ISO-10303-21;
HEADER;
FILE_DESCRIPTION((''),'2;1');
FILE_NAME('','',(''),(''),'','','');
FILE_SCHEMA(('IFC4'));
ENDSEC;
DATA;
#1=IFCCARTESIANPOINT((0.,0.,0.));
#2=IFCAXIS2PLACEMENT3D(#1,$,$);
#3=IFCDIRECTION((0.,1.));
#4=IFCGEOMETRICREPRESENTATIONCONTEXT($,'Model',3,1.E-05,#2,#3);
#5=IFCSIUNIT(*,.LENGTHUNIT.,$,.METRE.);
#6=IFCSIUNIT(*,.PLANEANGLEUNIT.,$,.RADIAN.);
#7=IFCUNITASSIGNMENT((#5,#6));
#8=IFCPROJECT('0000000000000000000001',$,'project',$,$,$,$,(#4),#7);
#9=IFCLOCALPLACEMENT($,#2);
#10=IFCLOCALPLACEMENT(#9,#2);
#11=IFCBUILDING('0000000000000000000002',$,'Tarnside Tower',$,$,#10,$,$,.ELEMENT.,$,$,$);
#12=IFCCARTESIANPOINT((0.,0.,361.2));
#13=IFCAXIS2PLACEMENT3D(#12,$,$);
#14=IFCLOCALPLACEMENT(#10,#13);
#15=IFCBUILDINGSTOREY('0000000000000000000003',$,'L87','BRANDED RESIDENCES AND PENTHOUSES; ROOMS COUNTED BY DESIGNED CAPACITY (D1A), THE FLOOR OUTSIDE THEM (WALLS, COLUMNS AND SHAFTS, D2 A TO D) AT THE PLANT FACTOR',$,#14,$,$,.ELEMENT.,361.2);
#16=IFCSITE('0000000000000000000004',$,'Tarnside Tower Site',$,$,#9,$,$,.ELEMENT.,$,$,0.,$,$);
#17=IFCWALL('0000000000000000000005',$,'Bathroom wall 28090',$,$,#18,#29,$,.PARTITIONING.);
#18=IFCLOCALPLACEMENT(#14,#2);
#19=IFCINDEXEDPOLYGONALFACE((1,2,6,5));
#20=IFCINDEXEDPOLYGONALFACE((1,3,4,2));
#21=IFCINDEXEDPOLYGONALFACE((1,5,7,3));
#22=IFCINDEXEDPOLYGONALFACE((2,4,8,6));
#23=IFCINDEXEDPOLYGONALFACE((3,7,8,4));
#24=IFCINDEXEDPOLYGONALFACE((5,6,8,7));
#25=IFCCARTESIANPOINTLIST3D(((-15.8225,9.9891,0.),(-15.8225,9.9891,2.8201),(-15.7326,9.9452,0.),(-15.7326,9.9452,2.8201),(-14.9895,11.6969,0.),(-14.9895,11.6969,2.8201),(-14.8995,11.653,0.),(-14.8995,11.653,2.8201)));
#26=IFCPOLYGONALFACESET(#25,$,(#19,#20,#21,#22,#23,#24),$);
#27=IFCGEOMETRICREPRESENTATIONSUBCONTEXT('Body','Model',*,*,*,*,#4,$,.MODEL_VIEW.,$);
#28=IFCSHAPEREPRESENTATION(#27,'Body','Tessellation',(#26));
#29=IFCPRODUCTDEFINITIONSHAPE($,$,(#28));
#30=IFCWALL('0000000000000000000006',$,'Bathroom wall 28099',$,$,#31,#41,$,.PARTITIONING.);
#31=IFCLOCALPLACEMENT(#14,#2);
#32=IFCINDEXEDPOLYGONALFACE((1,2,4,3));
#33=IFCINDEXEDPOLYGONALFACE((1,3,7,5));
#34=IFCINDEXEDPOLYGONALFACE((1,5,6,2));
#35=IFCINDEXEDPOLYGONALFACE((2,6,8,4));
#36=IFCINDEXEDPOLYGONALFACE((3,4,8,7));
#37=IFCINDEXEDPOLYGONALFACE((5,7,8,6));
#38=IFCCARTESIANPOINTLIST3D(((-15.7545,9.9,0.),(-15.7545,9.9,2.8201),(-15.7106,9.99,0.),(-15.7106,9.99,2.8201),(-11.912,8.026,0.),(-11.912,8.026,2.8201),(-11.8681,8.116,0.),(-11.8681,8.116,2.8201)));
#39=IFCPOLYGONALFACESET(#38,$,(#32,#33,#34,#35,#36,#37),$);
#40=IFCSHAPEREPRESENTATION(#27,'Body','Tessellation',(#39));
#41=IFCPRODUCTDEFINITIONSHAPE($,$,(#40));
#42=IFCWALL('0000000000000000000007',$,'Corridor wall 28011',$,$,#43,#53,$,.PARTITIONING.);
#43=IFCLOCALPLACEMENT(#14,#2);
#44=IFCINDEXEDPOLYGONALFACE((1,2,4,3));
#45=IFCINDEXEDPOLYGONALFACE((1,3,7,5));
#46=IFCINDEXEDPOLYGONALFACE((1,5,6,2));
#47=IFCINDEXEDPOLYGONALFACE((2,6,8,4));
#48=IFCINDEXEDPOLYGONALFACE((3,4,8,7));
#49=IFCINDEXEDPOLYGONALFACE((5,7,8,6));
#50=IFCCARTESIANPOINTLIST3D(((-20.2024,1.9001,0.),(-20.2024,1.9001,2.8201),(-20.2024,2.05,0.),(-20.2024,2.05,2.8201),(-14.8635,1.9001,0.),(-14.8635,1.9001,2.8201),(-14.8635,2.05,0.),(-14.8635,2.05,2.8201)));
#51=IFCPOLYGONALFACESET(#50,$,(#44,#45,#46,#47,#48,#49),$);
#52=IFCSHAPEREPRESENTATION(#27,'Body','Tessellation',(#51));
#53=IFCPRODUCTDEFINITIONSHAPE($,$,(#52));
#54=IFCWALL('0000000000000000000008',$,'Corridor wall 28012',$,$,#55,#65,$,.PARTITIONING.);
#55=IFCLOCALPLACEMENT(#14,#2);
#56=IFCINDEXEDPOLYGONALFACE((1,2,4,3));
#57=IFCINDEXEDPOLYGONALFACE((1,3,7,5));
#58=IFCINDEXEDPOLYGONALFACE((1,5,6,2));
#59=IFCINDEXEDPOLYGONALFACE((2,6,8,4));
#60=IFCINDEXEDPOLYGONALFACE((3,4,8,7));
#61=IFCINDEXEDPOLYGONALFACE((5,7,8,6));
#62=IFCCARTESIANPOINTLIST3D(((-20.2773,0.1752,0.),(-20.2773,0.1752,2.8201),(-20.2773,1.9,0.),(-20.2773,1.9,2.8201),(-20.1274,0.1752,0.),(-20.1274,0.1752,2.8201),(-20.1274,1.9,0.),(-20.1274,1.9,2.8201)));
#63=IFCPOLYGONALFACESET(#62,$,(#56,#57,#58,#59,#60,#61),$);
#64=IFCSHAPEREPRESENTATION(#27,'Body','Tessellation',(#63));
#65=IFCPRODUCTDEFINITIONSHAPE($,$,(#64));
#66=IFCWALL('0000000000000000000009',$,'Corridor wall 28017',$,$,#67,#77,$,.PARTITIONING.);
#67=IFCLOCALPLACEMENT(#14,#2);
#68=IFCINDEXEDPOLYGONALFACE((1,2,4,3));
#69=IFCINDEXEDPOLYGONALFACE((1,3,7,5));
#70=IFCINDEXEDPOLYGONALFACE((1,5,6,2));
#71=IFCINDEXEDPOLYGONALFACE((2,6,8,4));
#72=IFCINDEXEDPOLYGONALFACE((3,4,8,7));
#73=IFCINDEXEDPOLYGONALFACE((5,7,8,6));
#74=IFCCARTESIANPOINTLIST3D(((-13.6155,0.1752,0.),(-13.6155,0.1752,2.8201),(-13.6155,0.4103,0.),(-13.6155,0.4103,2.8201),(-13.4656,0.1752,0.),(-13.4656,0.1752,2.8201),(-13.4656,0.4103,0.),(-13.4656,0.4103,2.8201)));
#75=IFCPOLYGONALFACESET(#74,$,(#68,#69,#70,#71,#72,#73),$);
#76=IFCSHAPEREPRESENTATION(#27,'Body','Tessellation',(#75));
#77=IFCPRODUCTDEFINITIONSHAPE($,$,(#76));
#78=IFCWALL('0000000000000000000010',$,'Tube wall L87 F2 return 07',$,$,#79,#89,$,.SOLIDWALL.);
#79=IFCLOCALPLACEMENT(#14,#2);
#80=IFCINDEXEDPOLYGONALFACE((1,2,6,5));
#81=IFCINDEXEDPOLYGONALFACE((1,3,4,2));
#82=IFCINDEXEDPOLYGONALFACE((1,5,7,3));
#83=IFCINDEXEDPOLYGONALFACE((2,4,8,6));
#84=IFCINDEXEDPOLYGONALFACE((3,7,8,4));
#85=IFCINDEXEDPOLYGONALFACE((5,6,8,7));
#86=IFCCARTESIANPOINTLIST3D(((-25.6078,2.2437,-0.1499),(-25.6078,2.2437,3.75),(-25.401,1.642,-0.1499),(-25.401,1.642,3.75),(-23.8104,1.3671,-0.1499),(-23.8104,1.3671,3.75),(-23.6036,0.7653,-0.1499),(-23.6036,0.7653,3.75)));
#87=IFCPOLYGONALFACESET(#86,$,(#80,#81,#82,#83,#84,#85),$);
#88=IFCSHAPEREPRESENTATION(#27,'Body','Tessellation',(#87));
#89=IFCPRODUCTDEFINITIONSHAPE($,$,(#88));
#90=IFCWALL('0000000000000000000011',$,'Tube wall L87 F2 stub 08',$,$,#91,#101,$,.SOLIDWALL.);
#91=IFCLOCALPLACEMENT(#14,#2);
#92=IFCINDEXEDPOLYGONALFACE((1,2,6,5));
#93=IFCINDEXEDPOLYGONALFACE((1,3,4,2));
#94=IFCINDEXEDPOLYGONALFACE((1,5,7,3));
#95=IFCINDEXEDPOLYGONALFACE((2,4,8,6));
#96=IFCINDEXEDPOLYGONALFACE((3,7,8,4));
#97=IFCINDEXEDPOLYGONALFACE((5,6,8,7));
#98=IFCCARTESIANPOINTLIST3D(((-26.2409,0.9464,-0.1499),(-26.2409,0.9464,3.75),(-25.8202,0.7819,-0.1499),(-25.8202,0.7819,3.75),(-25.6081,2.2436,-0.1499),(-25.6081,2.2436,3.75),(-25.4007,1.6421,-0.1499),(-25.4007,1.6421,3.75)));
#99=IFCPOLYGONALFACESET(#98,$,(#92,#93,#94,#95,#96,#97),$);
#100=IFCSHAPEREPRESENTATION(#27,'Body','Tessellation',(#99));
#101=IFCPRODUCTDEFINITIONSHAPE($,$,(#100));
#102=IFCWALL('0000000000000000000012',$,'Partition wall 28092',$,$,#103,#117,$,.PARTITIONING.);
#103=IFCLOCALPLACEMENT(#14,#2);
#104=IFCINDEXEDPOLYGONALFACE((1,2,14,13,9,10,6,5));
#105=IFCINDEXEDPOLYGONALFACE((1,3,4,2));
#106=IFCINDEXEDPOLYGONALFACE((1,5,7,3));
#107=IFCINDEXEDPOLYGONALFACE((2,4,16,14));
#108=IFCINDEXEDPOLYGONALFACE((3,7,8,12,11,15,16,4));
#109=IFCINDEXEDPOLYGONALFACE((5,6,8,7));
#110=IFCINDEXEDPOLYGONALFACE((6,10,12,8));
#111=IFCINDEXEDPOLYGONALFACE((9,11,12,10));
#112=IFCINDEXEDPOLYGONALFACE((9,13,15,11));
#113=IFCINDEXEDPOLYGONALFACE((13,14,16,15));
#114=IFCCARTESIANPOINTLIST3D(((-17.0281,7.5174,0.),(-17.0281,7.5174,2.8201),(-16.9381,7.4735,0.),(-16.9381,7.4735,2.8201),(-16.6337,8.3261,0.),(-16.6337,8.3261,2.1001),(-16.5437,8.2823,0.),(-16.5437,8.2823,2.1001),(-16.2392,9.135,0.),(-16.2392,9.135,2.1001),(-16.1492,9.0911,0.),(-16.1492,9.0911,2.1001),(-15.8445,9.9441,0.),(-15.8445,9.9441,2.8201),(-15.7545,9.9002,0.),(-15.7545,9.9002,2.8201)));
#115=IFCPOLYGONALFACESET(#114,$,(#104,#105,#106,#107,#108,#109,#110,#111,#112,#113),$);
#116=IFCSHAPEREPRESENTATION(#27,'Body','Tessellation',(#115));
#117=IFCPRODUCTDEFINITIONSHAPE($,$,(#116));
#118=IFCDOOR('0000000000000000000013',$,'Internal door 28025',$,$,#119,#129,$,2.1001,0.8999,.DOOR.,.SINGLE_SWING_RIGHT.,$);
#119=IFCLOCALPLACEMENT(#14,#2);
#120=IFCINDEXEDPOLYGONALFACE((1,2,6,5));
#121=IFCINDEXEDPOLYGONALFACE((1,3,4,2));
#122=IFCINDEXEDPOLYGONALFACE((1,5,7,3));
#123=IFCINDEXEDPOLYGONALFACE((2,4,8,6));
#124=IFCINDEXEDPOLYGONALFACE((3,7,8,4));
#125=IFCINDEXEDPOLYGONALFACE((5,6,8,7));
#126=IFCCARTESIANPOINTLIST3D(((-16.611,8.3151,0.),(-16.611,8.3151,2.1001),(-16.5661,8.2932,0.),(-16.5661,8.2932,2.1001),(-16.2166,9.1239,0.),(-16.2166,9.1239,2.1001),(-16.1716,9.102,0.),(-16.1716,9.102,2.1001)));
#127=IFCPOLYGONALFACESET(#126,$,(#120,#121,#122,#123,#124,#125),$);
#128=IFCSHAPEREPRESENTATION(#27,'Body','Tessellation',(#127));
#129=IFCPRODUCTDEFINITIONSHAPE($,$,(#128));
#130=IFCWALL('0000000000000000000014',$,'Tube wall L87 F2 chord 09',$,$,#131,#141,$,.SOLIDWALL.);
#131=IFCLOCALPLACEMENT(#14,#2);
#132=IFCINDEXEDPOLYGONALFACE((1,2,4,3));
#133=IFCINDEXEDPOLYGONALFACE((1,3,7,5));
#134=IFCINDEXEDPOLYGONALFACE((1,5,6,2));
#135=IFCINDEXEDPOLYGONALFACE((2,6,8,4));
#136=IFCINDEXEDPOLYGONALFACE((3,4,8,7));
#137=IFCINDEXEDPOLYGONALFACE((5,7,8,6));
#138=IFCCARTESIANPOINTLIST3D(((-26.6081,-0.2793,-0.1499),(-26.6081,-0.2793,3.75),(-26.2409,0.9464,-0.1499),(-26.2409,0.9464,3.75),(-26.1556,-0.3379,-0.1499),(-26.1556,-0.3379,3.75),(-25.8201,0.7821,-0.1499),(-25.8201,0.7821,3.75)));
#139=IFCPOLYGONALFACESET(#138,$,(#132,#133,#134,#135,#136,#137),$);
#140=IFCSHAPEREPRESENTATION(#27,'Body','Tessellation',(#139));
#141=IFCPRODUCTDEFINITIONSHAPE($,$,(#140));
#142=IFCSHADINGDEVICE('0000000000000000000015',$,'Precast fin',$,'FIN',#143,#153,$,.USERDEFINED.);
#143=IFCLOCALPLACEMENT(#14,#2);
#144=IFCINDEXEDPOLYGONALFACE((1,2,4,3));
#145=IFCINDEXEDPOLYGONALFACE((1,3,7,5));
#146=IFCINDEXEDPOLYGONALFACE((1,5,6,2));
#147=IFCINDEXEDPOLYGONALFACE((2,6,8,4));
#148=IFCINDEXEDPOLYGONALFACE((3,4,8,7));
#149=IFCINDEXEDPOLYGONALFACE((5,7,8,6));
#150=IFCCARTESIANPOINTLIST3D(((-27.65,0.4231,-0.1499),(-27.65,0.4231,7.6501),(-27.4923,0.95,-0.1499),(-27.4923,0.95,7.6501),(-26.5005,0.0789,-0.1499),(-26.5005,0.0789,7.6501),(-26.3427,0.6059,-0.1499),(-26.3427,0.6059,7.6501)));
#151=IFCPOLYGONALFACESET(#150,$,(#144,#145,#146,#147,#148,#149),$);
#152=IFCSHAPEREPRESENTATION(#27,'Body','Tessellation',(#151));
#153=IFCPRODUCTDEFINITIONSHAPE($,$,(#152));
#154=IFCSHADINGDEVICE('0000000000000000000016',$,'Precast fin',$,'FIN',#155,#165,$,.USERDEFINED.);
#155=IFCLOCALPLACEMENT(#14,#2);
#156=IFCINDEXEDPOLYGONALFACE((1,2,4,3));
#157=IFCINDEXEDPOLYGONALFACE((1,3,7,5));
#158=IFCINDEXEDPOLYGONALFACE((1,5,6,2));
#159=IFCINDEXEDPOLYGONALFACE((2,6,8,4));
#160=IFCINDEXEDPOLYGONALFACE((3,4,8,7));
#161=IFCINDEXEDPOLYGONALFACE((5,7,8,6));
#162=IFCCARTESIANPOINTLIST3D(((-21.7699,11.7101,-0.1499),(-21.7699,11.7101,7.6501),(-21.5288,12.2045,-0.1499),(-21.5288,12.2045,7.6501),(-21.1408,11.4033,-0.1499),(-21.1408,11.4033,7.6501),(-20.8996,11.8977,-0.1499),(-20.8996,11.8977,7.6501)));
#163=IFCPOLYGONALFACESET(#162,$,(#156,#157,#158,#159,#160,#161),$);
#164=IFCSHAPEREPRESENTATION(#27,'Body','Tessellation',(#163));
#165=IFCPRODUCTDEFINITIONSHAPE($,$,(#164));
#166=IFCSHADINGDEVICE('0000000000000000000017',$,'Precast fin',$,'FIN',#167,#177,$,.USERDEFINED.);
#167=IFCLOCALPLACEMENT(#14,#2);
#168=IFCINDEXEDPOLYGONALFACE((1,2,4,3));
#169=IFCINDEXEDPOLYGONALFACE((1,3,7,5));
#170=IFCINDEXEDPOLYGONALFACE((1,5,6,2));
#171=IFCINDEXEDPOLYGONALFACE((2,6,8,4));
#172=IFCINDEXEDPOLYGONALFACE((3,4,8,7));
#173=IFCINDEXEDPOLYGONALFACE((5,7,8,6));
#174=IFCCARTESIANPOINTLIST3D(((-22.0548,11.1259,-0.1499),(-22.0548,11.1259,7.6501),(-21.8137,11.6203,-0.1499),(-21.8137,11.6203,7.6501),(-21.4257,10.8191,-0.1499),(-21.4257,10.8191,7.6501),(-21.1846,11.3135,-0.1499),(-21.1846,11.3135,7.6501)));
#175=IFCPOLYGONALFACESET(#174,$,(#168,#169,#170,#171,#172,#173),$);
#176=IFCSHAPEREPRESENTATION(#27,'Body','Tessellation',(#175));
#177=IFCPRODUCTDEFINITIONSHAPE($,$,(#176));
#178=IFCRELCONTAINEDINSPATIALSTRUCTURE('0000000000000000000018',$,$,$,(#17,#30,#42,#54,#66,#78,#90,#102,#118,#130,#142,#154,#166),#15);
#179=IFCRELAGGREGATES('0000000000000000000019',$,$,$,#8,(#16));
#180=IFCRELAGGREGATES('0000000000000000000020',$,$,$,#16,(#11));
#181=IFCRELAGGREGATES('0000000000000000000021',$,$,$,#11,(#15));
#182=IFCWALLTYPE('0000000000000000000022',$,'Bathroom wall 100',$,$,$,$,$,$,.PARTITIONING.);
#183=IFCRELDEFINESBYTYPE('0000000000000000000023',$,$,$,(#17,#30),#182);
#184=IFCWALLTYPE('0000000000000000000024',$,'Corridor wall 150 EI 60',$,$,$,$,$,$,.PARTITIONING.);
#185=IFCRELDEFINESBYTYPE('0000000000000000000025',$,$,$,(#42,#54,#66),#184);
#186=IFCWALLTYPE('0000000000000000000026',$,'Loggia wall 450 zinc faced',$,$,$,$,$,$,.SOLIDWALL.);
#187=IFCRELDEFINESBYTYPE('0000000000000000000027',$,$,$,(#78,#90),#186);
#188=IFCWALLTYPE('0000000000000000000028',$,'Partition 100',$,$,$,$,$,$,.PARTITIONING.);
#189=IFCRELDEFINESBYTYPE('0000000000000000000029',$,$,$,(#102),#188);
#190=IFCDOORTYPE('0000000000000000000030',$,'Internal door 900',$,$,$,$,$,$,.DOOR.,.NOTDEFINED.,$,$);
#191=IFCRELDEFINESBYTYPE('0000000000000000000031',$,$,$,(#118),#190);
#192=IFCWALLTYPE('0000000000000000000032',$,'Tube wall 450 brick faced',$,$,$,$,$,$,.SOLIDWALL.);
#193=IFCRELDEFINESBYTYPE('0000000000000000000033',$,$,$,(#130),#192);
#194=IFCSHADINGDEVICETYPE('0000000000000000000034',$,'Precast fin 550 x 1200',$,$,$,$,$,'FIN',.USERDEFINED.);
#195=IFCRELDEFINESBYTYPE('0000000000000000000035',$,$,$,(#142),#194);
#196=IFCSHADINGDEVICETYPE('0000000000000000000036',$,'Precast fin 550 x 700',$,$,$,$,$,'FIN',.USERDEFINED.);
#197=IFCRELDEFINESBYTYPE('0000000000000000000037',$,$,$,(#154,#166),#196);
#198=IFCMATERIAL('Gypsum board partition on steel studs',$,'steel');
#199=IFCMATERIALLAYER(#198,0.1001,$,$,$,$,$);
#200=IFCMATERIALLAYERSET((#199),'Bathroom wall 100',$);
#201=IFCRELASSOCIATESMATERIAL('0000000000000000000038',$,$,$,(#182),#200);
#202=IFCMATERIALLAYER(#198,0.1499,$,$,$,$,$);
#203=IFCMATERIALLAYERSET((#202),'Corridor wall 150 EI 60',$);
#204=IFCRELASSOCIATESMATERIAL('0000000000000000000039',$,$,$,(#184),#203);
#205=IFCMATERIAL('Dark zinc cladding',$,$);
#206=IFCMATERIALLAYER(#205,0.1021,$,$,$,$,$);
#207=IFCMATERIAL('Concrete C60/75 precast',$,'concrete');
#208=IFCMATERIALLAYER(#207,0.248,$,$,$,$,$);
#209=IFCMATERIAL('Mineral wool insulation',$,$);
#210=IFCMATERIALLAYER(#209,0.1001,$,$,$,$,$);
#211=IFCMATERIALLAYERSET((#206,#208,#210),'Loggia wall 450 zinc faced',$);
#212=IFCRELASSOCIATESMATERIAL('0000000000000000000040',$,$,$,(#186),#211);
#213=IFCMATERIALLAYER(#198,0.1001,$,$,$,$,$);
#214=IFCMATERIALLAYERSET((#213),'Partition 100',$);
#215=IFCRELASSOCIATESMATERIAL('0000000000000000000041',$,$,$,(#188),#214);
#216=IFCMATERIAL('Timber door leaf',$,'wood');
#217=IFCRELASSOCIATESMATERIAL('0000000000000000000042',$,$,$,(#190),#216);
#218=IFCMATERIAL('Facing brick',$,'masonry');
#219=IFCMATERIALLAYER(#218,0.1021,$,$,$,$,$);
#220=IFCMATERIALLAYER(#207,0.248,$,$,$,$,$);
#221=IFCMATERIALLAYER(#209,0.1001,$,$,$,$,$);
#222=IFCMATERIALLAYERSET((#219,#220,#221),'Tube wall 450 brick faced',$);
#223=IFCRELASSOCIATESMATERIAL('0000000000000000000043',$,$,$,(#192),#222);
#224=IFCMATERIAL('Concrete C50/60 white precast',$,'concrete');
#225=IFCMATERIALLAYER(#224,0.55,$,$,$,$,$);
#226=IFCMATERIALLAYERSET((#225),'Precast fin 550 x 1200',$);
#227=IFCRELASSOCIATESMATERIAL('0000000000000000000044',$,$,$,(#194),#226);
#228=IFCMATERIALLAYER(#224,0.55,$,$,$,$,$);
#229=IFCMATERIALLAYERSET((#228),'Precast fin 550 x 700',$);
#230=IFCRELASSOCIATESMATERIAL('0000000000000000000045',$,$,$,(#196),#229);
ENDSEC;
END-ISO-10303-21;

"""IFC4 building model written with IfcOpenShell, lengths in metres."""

from ifc_helpers import new_model, si_unit, direction, frame, frame_2d, origin, place, context, subcontext, project, spatial, polyline, rectangle, outline, extrude, material, layer, layer_set, type_object, element, fill, save


model = new_model("IFC4")

# Units and contexts
model_context = context("Model", 3, precision=1e-05, world=origin(), true_north=direction((0.0, 1.0)))
body_context = subcontext(model_context, "Body", "Model", "MODEL_VIEW")
ifc_project = project(units=[si_unit("LENGTHUNIT", "METRE"), si_unit("PLANEANGLEUNIT", "RADIAN")], contexts=[model_context])

# Site, building, storey
site_placement = place(None, origin())
site = spatial("IfcSite", under=ifc_project, at=site_placement, Name="Tarnside Tower Site", CompositionType="ELEMENT", RefElevation=0.0)
building_placement = place(site_placement, origin())
building = spatial("IfcBuilding", under=site, at=building_placement, Name="Tarnside Tower", CompositionType="ELEMENT")
storey_placement = place(building_placement, frame((0.0, 0.0, 361.2)))
storey = spatial("IfcBuildingStorey", under=building, at=storey_placement, Name="L87", Description="BRANDED RESIDENCES AND PENTHOUSES; ROOMS COUNTED BY DESIGNED CAPACITY (D1A), THE FLOOR OUTSIDE THEM (WALLS, COLUMNS AND SHAFTS, D2 A TO D) AT THE PLANT FACTOR", CompositionType="ELEMENT", Elevation=361.2)

# Walls
ifc_material_1 = material(Name="Gypsum board partition on steel studs", Category="steel")
ifc_layer_1 = layer(ifc_material_1, 0.1001)
ifc_layer_set_1 = layer_set([ifc_layer_1], Name="Bathroom wall 100")
wall_type_1 = type_object("IfcWallType", Name="Bathroom wall 100", PredefinedType="PARTITIONING", material=ifc_layer_set_1)
wall_1_placement = place(storey_placement, frame((-15.7776, 9.967, 0.0), z_axis=(0.0, 0.0, 1.0), x_axis=(0.438403, 0.898778, 0.0)))
element("IfcWall", 1, at=wall_1_placement, inside=storey, type_object=wall_type_1, Name="Bathroom wall 28090", PredefinedType="PARTITIONING", context=body_context, shape_type="SweptSolid", body=[
    extrude(rectangle(XDim=1.9001, YDim=0.1001, at=frame_2d((0.9502, 0.0))), origin(), (0.0, 0.0, 1.0), 2.8201),
])
wall_2_placement = place(storey_placement, frame((-15.7327, 9.9451, 0.0), z_axis=(0.0, 0.0, 1.0), x_axis=(0.898804, -0.438352, 0.0)))
element("IfcWall", 2, at=wall_2_placement, inside=storey, type_object=wall_type_1, Name="Bathroom wall 28099", PredefinedType="PARTITIONING", context=body_context, shape_type="SweptSolid", body=[
    extrude(rectangle(XDim=4.2751, YDim=0.1001, at=frame_2d((2.1377, 0.0))), origin(), (0.0, 0.0, 1.0), 2.8201),
])
ifc_layer_2 = layer(ifc_material_1, 0.1499)
ifc_layer_set_2 = layer_set([ifc_layer_2], Name="Corridor wall 150 EI 60")
wall_type_2 = type_object("IfcWallType", Name="Corridor wall 150 EI 60", PredefinedType="PARTITIONING", material=ifc_layer_set_2)
wall_3_placement = place(storey_placement, frame((-14.8635, 1.9751, 0.0), z_axis=(0.0, 0.0, 1.0), x_axis=(-1.0, 0.0, 0.0)))
element("IfcWall", 3, at=wall_3_placement, inside=storey, type_object=wall_type_2, Name="Corridor wall 28011", PredefinedType="PARTITIONING", context=body_context, shape_type="SweptSolid", body=[
    extrude(rectangle(XDim=5.3389, YDim=0.1499, at=frame_2d((2.6694, 0.0))), origin(), (0.0, 0.0, 1.0), 2.8201),
])
wall_4_placement = place(storey_placement, frame((-20.2024, 1.8999, 0.0), z_axis=(0.0, 0.0, 1.0), x_axis=(0.0, -1.0, 0.0)))
element("IfcWall", 4, at=wall_4_placement, inside=storey, type_object=wall_type_2, Name="Corridor wall 28012", PredefinedType="PARTITIONING", context=body_context, shape_type="SweptSolid", body=[
    extrude(rectangle(XDim=1.7249, YDim=0.1499, at=frame_2d((0.8623, 0.0))), origin(), (0.0, 0.0, 1.0), 2.8201),
])
wall_5_placement = place(storey_placement, frame((-13.5405, 0.175, 0.0), z_axis=(0.0, 0.0, 1.0), x_axis=(0.0, 1.0, 0.0)))
element("IfcWall", 5, at=wall_5_placement, inside=storey, type_object=wall_type_2, Name="Corridor wall 28017", PredefinedType="PARTITIONING", context=body_context, shape_type="SweptSolid", body=[
    extrude(rectangle(XDim=0.2351, YDim=0.1499, at=frame_2d((0.1177, 0.0))), origin(), (0.0, 0.0, 1.0), 2.8201),
])
ifc_material_2 = material(Name="Dark zinc cladding")
ifc_layer_3 = layer(ifc_material_2, 0.1021)
ifc_material_3 = material(Name="Concrete C60/75 precast", Category="concrete")
ifc_layer_4 = layer(ifc_material_3, 0.248)
ifc_material_4 = material(Name="Mineral wool insulation")
ifc_layer_5 = layer(ifc_material_4, 0.1001)
ifc_layer_set_3 = layer_set([ifc_layer_3, ifc_layer_4, ifc_layer_5], Name="Loggia wall 450 zinc faced")
wall_type_3 = type_object("IfcWallType", Name="Loggia wall 450 zinc faced", PredefinedType="SOLIDWALL", material=ifc_layer_set_3)
wall_6_placement = place(storey_placement, frame((-23.707, 1.0662, -0.1499), z_axis=(0.0, 0.0, 1.0), x_axis=(-0.898779, 0.438402, 0.0)))
element("IfcWall", 6, at=wall_6_placement, inside=storey, type_object=wall_type_3, Name="Tube wall L87 F2 return 07", PredefinedType="SOLIDWALL", context=body_context, shape_type="SweptSolid", body=[
    extrude(outline(polyline([(0.2249, -0.2251), (2.2246, -0.2251), (1.7749, 0.2251), (-0.2249, 0.2251), (0.2249, -0.2251)])), origin(), (0.0, 0.0, 1.0), 3.8999),
])
wall_7_placement = place(storey_placement, frame((-25.5044, 1.9429, -0.1499), z_axis=(0.0, 0.0, 1.0), x_axis=(-0.438404, -0.898778, 0.0)))
element("IfcWall", 7, at=wall_7_placement, inside=storey, type_object=wall_type_3, Name="Tube wall L87 F2 stub 08", PredefinedType="SOLIDWALL", context=body_context, shape_type="SweptSolid", body=[
    extrude(outline(polyline([(-0.2249, -0.2251), (1.2185, -0.2251), (1.1819, 0.2251), (0.2249, 0.2251), (-0.2249, -0.2251)])), origin(), (0.0, 0.0, 1.0), 3.8999),
])

# Wall, opening, door
ifc_layer_6 = layer(ifc_material_1, 0.1001)
ifc_layer_set_4 = layer_set([ifc_layer_6], Name="Partition 100")
wall_type_4 = type_object("IfcWallType", Name="Partition 100", PredefinedType="PARTITIONING", material=ifc_layer_set_4)
wall_8_placement = place(storey_placement, frame((-16.9832, 7.4954, 0.0), z_axis=(0.0, 0.0, 1.0), x_axis=(0.438367, 0.898796, 0.0)))
wall_8 = element("IfcWall", 8, at=wall_8_placement, inside=storey, type_object=wall_type_4, Name="Partition wall 28092", PredefinedType="PARTITIONING", context=body_context, shape_type="SweptSolid", body=[
    extrude(rectangle(XDim=2.7, YDim=0.1001, at=frame_2d((1.3501, 0.0))), origin(), (0.0, 0.0, 1.0), 2.8201),
])
opening_placement = place(wall_8_placement, frame((0.8999, 0.0, 0.0)))
opening = element("IfcOpeningElement", 9, at=opening_placement, cuts=wall_8, PredefinedType="OPENING", context=body_context, shape_type="SweptSolid", body=[
    extrude(rectangle(XDim=0.8999, YDim=2.1001, at=frame_2d((0.45, 1.05))), frame((0.0, 0.0601, 0.0), z_axis=(0.0, -1.0, 0.0), x_axis=(1.0, 0.0, 0.0)), (0.0, 0.0, 1.0), 0.1201),
])
ifc_material_5 = material(Name="Timber door leaf", Category="wood")
door_type = type_object("IfcDoorType", Name="Internal door 900", OperationType="NOTDEFINED", PredefinedType="DOOR", material=ifc_material_5)
door_placement = place(opening_placement, origin())
door = element("IfcDoor", 10, at=door_placement, inside=storey, type_object=door_type, Name="Internal door 28025", OperationType="SINGLE_SWING_RIGHT", OverallHeight=2.1001, OverallWidth=0.8999, PredefinedType="DOOR", context=body_context, shape_type="SweptSolid", body=[
    extrude(rectangle(XDim=0.8999, YDim=2.1001, at=frame_2d((0.45, 1.05))), frame((0.0, 0.0249, 0.0), z_axis=(0.0, -1.0, 0.0), x_axis=(1.0, 0.0, 0.0)), (0.0, 0.0, 1.0), 0.05),
])
fill(opening, door)

# Wall
ifc_material_6 = material(Name="Facing brick", Category="masonry")
ifc_layer_7 = layer(ifc_material_6, 0.1021)
ifc_layer_8 = layer(ifc_material_3, 0.248)
ifc_layer_9 = layer(ifc_material_4, 0.1001)
ifc_layer_set_5 = layer_set([ifc_layer_7, ifc_layer_8, ifc_layer_9], Name="Tube wall 450 brick faced")
wall_type_5 = type_object("IfcWallType", Name="Tube wall 450 brick faced", PredefinedType="SOLIDWALL", material=ifc_layer_set_5)
wall_9_placement = place(storey_placement, frame((-26.0305, 0.8643, -0.1499), z_axis=(0.0, 0.0, 1.0), x_axis=(-0.286945, -0.957947, 0.0)))
element("IfcWall", 11, at=wall_9_placement, inside=storey, type_object=wall_type_5, Name="Tube wall L87 F2 chord 09", PredefinedType="SOLIDWALL", context=body_context, shape_type="SweptSolid", body=[
    extrude(outline(polyline([(-0.0183, -0.2251), (1.2612, -0.2251), (1.1875, 0.2251), (0.0183, 0.2251), (-0.0183, -0.2251)])), origin(), (0.0, 0.0, 1.0), 3.8999),
])

# Shading devices
ifc_material_7 = material(Name="Concrete C50/60 white precast", Category="concrete")
ifc_layer_10 = layer(ifc_material_7, 0.55)
ifc_layer_set_6 = layer_set([ifc_layer_10], Name="Precast fin 550 x 1200")
shading_device_type_1 = type_object("IfcShadingDeviceType", Name="Precast fin 550 x 1200", ElementType="FIN", PredefinedType="USERDEFINED", material=ifc_layer_set_6)
shading_device_placement = place(storey_placement, frame((-26.4216, 0.3423, -0.1499), z_axis=(0.286803, 0.95799, 0.0), x_axis=(-0.95799, 0.286803, 0.0)))
element("IfcShadingDevice", 12, at=shading_device_placement, inside=storey, type_object=shading_device_type_1, Name="Precast fin", ObjectType="FIN", PredefinedType="USERDEFINED", context=body_context, shape_type="SweptSolid", body=[
    extrude(outline(polyline([(0.0, 0.0), (1.2, 0.0), (1.2, 7.8), (0.0, 7.8), (0.0, 0.0)])), frame((0.0, 0.0, -0.2749)), (0.0, 0.0, 1.0), 0.55),
])
ifc_layer_11 = layer(ifc_material_7, 0.55)
ifc_layer_set_7 = layer_set([ifc_layer_11], Name="Precast fin 550 x 700")
shading_device_type_2 = type_object("IfcShadingDeviceType", Name="Precast fin 550 x 700", ElementType="FIN", PredefinedType="USERDEFINED", material=ifc_layer_set_7)
for number, where, z_axis, x_axis, name in (
    (13, (-21.0203, 11.6504, -0.1499), (0.438371, 0.898794, 0.0), (-0.898794, 0.438371, 0.0), "Precast fin"),
    (14, (-21.3052, 11.0662, -0.1499), (0.438371, 0.898794, 0.0), (-0.898794, 0.438371, 0.0), "Precast fin"),
):
    element("IfcShadingDevice", number, at=place(storey_placement, frame(where, z_axis=z_axis, x_axis=x_axis)), inside=storey, type_object=shading_device_type_2, Name=name, ObjectType="FIN", PredefinedType="USERDEFINED", context=body_context, shape_type="SweptSolid", body=[
        extrude(outline(polyline([(0.0, 0.0), (0.7, 0.0), (0.7, 7.8), (0.0, 7.8), (0.0, 0.0)])), frame((0.0, 0.0, -0.2749)), (0.0, 0.0, 1.0), 0.55),
    ])

save(model, "model.ifc")
